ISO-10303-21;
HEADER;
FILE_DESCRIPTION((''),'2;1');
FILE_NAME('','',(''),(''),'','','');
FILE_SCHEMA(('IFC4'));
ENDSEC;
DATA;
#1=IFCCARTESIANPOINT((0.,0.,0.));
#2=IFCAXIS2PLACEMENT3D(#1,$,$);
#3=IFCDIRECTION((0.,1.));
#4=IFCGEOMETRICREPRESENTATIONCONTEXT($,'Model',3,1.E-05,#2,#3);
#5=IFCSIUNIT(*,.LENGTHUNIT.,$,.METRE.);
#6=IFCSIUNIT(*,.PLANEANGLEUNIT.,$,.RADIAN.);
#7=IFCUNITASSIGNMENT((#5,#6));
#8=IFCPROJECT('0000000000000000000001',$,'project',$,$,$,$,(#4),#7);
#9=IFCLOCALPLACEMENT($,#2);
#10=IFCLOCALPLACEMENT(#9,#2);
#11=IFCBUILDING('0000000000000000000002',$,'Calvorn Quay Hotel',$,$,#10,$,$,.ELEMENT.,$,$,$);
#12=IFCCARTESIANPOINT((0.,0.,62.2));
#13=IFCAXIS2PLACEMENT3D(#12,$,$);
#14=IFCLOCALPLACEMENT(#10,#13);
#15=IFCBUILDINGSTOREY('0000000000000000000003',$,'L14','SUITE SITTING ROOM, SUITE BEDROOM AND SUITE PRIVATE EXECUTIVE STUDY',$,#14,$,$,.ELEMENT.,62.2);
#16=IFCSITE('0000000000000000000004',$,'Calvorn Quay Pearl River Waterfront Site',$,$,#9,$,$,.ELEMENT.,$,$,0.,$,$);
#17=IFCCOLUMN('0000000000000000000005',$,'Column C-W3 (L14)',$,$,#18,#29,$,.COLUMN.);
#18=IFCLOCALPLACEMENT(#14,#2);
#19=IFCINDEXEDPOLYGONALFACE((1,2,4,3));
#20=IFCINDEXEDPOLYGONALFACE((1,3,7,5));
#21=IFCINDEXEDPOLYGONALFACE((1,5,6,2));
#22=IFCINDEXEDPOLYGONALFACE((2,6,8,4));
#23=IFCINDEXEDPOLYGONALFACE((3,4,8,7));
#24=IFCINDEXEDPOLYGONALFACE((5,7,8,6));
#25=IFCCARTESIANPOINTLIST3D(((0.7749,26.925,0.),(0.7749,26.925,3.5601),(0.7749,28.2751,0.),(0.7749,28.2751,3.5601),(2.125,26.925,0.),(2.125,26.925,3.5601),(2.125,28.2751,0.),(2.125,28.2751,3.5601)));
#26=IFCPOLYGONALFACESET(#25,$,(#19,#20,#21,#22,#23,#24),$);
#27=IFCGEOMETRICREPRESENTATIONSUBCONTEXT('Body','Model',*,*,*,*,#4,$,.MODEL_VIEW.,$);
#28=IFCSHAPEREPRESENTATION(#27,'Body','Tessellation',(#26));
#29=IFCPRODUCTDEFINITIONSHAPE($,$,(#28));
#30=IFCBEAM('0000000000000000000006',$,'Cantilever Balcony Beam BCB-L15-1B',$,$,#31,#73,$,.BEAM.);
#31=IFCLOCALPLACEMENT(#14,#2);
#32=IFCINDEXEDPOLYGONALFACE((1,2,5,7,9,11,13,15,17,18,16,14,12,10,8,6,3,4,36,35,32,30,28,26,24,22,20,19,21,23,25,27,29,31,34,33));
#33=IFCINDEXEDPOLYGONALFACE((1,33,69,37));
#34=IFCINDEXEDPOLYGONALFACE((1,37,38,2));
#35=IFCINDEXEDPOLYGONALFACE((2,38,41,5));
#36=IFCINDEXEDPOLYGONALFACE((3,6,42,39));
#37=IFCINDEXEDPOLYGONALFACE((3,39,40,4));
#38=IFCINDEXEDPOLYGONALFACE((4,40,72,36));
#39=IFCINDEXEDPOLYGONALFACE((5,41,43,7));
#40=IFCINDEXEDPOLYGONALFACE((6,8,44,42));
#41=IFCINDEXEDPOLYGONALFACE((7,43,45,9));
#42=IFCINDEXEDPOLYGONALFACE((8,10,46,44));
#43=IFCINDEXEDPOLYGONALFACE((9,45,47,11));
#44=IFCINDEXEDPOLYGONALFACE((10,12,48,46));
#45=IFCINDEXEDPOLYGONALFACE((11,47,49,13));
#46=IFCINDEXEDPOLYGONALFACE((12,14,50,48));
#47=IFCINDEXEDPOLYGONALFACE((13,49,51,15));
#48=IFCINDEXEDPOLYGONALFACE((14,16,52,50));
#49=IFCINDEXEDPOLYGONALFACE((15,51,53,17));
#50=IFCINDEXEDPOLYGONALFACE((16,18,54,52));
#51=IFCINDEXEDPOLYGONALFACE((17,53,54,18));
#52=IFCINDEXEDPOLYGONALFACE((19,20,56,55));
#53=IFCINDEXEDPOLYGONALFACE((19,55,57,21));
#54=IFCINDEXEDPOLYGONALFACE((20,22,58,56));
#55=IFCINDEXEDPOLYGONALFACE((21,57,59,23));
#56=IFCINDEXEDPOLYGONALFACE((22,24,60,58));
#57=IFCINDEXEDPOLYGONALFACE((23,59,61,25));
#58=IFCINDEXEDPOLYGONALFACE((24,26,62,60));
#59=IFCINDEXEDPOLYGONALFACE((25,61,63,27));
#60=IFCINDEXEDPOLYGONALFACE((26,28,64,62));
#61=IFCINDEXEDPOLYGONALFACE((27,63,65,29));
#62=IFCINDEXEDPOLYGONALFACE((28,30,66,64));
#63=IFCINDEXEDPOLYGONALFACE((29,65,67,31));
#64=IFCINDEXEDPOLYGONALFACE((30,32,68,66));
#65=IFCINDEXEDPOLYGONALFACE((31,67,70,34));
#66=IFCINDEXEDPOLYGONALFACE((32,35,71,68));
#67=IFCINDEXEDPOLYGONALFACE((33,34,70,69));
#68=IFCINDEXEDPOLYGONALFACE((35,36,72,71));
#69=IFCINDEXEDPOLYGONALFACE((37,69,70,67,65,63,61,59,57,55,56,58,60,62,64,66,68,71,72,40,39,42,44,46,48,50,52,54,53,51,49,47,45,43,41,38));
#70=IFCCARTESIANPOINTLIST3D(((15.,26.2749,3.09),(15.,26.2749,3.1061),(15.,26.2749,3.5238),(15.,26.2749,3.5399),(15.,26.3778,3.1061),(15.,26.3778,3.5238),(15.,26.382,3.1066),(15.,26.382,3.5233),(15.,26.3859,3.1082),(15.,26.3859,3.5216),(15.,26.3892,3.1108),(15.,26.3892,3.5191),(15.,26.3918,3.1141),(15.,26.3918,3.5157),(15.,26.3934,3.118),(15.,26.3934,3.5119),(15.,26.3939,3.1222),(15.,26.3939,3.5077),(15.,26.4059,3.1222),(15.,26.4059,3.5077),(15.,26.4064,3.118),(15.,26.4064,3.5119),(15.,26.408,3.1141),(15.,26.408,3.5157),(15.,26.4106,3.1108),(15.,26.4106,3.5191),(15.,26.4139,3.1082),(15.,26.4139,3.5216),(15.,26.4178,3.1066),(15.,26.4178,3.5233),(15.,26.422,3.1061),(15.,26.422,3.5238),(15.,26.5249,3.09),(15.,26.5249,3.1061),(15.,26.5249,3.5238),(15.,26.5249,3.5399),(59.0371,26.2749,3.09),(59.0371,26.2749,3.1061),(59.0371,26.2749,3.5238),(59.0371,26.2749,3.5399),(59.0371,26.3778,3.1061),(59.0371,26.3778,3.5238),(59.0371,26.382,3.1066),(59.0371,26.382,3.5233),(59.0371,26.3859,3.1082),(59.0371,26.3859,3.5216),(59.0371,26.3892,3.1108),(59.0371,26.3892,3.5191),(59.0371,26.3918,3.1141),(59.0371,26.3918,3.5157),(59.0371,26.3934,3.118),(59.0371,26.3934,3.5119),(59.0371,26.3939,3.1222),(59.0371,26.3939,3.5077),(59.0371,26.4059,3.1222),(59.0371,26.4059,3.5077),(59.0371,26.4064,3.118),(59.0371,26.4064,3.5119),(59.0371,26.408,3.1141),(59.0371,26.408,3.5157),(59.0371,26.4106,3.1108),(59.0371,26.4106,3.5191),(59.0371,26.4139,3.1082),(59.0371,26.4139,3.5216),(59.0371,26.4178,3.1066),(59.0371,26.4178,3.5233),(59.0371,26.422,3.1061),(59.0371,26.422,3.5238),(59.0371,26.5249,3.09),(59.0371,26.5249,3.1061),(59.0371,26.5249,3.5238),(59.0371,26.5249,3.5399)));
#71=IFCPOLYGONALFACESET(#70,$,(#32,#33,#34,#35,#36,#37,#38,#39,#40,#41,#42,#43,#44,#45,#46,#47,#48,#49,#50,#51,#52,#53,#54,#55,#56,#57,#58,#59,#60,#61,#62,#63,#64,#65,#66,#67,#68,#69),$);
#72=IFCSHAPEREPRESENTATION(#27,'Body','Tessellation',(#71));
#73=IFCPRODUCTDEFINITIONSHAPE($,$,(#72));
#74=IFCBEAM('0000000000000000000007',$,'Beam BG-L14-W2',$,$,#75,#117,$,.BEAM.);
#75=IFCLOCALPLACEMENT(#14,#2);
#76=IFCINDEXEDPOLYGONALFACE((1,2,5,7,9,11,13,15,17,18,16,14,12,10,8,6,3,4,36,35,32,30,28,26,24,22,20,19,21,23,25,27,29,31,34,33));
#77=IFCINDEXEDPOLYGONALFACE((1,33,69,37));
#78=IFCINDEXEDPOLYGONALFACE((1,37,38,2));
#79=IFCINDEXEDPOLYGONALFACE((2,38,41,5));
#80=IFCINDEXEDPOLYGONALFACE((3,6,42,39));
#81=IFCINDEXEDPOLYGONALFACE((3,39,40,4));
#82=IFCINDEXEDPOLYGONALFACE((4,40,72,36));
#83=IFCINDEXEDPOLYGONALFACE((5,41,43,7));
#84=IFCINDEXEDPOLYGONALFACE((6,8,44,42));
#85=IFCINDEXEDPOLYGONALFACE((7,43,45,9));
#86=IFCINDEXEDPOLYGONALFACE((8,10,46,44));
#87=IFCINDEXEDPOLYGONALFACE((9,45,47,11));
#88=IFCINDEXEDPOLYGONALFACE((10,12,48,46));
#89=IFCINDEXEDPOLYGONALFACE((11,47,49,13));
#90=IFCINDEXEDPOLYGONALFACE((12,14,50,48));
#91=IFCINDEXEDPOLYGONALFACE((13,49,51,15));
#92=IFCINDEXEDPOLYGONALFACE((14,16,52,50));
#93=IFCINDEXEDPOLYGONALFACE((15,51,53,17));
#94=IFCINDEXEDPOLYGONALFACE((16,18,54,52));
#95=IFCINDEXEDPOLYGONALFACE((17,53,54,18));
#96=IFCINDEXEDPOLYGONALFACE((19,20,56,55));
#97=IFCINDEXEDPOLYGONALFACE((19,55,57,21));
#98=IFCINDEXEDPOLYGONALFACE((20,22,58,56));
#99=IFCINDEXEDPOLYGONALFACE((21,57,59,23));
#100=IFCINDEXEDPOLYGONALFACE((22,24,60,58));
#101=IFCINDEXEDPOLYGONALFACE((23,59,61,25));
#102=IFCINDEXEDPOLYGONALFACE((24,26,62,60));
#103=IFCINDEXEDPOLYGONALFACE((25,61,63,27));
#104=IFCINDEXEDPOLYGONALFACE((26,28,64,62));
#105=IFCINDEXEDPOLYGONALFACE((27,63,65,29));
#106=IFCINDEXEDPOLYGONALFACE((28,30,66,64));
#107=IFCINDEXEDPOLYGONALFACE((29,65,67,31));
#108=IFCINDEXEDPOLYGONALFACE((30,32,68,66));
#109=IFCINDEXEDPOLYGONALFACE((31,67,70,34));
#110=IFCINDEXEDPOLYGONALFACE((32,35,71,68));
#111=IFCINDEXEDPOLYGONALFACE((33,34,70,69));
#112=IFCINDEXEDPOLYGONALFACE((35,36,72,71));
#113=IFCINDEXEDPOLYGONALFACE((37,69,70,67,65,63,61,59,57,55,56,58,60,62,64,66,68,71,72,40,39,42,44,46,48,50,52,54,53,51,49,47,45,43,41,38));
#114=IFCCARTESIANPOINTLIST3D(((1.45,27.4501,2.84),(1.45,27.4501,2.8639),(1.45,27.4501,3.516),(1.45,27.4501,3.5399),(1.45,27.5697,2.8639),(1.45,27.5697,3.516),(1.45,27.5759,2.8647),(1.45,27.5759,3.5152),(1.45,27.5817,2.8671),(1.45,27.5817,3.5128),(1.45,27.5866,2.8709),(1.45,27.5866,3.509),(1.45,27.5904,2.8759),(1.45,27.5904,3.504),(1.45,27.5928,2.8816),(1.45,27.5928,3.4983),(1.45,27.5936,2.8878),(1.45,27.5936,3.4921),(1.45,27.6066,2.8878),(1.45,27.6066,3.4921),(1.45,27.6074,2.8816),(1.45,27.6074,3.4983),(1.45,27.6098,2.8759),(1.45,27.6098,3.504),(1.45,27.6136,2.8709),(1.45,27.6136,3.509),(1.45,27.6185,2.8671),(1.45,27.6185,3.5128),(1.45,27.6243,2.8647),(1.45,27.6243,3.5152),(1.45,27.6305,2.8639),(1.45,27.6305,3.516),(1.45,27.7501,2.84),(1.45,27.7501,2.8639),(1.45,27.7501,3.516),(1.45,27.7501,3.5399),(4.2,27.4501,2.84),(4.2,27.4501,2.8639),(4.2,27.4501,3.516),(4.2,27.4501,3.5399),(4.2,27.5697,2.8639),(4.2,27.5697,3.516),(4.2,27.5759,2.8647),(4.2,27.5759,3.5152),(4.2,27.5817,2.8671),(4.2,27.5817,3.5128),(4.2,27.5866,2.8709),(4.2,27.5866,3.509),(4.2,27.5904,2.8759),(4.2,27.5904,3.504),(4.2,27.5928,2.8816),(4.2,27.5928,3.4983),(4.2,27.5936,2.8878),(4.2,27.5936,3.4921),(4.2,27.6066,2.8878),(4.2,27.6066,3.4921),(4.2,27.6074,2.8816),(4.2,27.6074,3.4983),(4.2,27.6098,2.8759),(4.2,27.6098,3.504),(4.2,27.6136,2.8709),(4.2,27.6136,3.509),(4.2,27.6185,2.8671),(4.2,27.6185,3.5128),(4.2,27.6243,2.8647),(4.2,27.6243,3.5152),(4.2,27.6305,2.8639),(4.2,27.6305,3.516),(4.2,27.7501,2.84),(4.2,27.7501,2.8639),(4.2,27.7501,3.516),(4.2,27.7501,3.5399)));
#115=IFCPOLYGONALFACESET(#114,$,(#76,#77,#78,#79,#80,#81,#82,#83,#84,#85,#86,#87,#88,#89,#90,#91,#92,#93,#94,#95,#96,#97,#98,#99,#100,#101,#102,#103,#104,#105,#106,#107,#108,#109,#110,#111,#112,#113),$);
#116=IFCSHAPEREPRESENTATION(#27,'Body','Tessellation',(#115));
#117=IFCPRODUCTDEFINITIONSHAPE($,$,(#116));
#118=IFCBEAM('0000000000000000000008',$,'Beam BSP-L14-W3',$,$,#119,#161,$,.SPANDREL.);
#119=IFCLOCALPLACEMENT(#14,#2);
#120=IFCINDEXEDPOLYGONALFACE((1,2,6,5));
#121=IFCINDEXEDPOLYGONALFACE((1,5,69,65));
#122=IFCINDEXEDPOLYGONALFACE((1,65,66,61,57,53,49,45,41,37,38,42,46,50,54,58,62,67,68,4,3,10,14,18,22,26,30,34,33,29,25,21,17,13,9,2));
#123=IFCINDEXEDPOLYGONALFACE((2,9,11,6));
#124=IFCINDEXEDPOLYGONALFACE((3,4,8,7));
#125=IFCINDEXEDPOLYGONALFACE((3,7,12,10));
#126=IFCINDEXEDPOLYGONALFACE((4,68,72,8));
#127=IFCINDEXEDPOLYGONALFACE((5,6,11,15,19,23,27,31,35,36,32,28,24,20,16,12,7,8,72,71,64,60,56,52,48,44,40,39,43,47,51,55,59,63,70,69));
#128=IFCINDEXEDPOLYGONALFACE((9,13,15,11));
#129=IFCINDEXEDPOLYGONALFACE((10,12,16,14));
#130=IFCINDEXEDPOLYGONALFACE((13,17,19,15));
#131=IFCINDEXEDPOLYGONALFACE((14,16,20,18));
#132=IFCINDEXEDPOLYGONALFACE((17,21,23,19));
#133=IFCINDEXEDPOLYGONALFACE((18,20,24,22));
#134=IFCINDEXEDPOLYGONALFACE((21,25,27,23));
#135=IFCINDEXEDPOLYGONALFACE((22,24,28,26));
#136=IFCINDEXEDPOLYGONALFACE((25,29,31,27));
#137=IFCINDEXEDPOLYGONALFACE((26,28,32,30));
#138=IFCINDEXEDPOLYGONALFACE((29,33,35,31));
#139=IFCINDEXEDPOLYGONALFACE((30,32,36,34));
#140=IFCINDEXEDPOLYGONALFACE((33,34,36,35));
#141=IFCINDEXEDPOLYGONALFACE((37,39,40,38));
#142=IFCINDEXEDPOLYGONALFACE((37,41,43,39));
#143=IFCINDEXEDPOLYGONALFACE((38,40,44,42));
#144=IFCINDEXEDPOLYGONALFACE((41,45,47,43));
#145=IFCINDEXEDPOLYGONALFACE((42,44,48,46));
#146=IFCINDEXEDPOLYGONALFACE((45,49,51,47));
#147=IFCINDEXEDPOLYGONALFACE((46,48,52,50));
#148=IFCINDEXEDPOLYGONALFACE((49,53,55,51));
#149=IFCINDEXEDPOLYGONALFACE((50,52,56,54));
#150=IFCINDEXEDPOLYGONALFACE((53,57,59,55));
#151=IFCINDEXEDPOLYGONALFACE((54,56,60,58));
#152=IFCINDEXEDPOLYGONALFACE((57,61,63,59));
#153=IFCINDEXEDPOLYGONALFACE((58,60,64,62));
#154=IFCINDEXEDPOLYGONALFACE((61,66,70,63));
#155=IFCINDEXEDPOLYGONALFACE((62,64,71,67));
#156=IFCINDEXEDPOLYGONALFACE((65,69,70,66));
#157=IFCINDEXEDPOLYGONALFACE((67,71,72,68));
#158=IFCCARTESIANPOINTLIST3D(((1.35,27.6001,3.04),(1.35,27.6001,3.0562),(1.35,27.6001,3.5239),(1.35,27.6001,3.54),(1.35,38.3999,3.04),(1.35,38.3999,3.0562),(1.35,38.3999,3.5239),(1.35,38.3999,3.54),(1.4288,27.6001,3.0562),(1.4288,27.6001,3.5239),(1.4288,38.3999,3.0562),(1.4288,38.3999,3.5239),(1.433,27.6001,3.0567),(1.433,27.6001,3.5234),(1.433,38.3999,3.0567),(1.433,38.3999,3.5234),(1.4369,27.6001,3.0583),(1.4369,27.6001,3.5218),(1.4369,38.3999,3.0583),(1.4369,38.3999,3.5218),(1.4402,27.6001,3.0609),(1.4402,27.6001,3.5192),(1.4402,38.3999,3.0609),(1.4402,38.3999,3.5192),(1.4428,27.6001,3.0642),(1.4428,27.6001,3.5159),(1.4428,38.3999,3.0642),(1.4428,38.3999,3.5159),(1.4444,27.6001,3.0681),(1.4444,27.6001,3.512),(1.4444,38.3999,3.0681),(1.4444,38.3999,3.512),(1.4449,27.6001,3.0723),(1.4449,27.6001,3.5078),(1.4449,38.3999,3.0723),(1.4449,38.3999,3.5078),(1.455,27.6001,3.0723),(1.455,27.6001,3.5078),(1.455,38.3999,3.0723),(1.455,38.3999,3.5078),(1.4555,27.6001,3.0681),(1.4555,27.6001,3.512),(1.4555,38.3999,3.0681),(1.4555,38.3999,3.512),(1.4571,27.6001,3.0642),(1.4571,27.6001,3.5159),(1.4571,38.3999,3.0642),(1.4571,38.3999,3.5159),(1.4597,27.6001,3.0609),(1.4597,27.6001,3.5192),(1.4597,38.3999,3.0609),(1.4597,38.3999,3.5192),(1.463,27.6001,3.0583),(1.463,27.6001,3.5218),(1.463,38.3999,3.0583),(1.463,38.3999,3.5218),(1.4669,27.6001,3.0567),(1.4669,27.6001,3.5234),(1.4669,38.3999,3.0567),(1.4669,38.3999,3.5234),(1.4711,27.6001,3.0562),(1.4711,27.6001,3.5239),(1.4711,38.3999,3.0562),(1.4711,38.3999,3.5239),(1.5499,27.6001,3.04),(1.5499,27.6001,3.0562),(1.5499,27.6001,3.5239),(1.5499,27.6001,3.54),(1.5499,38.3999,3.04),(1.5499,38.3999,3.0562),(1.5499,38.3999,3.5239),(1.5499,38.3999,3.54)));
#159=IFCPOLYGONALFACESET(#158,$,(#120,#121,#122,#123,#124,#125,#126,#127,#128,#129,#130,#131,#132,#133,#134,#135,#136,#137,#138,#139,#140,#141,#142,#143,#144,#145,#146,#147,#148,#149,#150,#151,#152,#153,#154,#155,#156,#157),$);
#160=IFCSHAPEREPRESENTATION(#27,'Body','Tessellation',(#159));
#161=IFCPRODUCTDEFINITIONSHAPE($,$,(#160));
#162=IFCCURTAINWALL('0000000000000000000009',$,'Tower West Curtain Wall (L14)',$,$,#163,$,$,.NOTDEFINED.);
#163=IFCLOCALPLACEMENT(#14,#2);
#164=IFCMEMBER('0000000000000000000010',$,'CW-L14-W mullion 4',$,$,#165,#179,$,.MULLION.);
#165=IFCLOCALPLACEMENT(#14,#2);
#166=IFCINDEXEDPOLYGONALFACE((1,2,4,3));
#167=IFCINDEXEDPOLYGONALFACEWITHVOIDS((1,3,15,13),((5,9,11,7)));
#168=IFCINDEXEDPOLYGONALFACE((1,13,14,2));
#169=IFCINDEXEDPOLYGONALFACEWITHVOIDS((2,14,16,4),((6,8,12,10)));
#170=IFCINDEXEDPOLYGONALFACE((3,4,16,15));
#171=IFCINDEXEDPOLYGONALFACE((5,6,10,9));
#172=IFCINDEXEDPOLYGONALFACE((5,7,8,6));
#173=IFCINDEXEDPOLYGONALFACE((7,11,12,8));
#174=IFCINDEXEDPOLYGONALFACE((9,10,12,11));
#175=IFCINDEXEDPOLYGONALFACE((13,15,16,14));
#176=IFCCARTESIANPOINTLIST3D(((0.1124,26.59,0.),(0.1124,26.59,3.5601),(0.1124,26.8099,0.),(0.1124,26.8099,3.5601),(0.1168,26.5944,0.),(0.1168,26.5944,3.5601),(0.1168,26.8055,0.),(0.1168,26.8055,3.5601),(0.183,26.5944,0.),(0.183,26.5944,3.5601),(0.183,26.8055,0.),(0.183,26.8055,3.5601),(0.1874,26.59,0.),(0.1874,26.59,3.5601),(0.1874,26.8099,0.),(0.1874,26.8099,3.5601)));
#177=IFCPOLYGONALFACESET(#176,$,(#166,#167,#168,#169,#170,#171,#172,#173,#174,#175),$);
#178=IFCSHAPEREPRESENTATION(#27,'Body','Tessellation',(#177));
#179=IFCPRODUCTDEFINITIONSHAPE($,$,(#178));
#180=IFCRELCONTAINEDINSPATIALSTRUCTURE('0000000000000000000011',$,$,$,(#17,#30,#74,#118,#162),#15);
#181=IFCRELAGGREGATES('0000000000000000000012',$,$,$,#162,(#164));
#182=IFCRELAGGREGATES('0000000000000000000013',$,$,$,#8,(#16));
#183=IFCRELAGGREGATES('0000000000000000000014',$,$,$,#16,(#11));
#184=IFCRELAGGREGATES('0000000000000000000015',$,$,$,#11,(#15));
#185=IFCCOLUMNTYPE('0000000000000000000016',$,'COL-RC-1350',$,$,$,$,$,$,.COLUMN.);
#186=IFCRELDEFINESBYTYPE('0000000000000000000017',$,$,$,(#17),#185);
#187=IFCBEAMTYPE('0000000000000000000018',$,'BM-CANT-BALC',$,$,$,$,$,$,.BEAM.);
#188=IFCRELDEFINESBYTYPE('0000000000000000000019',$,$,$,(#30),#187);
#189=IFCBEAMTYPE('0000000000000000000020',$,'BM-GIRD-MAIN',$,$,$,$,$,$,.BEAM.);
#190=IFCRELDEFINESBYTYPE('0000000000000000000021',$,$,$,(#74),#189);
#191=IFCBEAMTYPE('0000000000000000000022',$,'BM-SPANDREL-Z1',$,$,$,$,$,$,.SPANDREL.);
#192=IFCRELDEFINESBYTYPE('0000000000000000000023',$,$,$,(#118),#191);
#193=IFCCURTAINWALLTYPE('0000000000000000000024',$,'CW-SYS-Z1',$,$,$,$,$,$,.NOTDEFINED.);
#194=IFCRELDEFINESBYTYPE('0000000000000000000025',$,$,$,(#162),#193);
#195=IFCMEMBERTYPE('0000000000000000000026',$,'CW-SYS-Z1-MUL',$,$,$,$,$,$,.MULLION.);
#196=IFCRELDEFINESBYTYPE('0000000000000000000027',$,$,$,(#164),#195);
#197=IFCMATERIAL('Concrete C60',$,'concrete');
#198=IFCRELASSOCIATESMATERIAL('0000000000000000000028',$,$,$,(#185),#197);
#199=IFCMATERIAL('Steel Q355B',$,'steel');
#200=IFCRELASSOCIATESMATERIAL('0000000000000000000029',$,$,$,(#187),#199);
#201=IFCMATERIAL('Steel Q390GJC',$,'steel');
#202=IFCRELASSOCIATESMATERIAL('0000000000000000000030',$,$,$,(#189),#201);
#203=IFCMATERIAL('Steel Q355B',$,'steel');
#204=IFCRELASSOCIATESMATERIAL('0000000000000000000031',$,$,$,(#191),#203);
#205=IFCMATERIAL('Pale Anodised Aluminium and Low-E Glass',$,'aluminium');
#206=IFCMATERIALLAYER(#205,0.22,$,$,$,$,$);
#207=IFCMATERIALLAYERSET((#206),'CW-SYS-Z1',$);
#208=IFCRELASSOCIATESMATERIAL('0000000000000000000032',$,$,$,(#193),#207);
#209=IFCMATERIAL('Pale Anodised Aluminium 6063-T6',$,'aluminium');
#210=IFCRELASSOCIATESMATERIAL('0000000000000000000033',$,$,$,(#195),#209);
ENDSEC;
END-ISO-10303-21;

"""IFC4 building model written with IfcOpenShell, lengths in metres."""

from ifc_helpers import new_model, si_unit, direction, frame, origin, origin_2d, place, context, subcontext, project, spatial, rectangle, hollow_rectangle, i_section, extrude, material, layer, layer_set, material_profile, profile_set, type_object, element, aggregate, save


model = new_model("IFC4")

# Units and contexts
model_context = context("Model", 3, precision=1e-05, world=origin(), true_north=direction((0.0, 1.0)))
body_context = subcontext(model_context, "Body", "Model", "MODEL_VIEW")
ifc_project = project(units=[si_unit("LENGTHUNIT", "METRE"), si_unit("PLANEANGLEUNIT", "RADIAN")], contexts=[model_context])

# Site, building, storey
site_placement = place(None, origin())
site = spatial("IfcSite", under=ifc_project, at=site_placement, Name="Calvorn Quay Pearl River Waterfront Site", CompositionType="ELEMENT", RefElevation=0.0)
building_placement = place(site_placement, origin())
building = spatial("IfcBuilding", under=site, at=building_placement, Name="Calvorn Quay Hotel", CompositionType="ELEMENT")
storey_placement = place(building_placement, frame((0.0, 0.0, 62.2)))
storey = spatial("IfcBuildingStorey", under=building, at=storey_placement, Name="L14", Description="SUITE SITTING ROOM, SUITE BEDROOM AND SUITE PRIVATE EXECUTIVE STUDY", CompositionType="ELEMENT", Elevation=62.2)

# Column
ifc_material_1 = material(Name="Concrete C60", Category="concrete")
ifc_material_profile_1 = material_profile(ifc_material_1, rectangle(XDim=1.3501, YDim=1.3501, at=origin_2d()), Name="RC1350x1350")
ifc_profile_set_1 = profile_set([ifc_material_profile_1], Name="Concrete C60")
column_type = type_object("IfcColumnType", Name="COL-RC-1350", PredefinedType="COLUMN", material=ifc_profile_set_1)
column_placement = place(storey_placement, frame((1.45, 27.6001, 0.0), z_axis=(0.0, 0.0, 1.0), x_axis=(1.0, 0.0, 0.0)))
element("IfcColumn", 1, at=column_placement, inside=storey, type_object=column_type, Name="Column C-W3 (L14)", PredefinedType="COLUMN", context=body_context, shape_type="SweptSolid", body=[
    extrude(rectangle(XDim=1.3501, YDim=1.3501, at=origin_2d()), origin(), (0.0, 0.0, 1.0), 3.5601),
])

# Beams
ifc_material_2 = material(Name="Steel Q355B", Category="steel")
ifc_material_profile_2 = material_profile(ifc_material_2, i_section(OverallWidth=0.25, OverallDepth=0.45, WebThickness=0.012, FlangeThickness=0.0161, FilletRadius=0.0161, at=origin_2d()), Name="HN450x250x12x16")
ifc_profile_set_2 = profile_set([ifc_material_profile_2], Name="Steel Q355B")
beam_type_1 = type_object("IfcBeamType", Name="BM-CANT-BALC", PredefinedType="BEAM", material=ifc_profile_set_2)
beam_1_placement = place(storey_placement, frame((15.0, 26.3999, 3.3149), z_axis=(1.0, 0.0, 0.0), x_axis=(0.0, 1.0, 0.0)))
element("IfcBeam", 2, at=beam_1_placement, inside=storey, type_object=beam_type_1, Name="Cantilever Balcony Beam BCB-L15-1B", PredefinedType="BEAM", context=body_context, shape_type="SweptSolid", body=[
    extrude(i_section(OverallWidth=0.25, OverallDepth=0.45, WebThickness=0.012, FlangeThickness=0.0161, FilletRadius=0.0161, at=origin_2d()), origin(), (0.0, 0.0, 1.0), 44.0371),
])
ifc_material_3 = material(Name="Steel Q390GJC", Category="steel")
ifc_material_profile_3 = material_profile(ifc_material_3, i_section(OverallWidth=0.3, OverallDepth=0.7, WebThickness=0.0129, FlangeThickness=0.0239, FilletRadius=0.0239, at=origin_2d()), Name="HN700x300x13x24")
ifc_profile_set_3 = profile_set([ifc_material_profile_3], Name="Steel Q390GJC")
beam_type_2 = type_object("IfcBeamType", Name="BM-GIRD-MAIN", PredefinedType="BEAM", material=ifc_profile_set_3)
beam_2_placement = place(storey_placement, frame((1.45, 27.6001, 3.1899), z_axis=(1.0, 0.0, 0.0), x_axis=(0.0, 1.0, 0.0)))
element("IfcBeam", 3, at=beam_2_placement, inside=storey, type_object=beam_type_2, Name="Beam BG-L14-W2", PredefinedType="BEAM", context=body_context, shape_type="SweptSolid", body=[
    extrude(i_section(OverallWidth=0.3, OverallDepth=0.7, WebThickness=0.0129, FlangeThickness=0.0239, FilletRadius=0.0239, at=origin_2d()), origin(), (0.0, 0.0, 1.0), 2.75),
])
ifc_material_4 = material(Name="Steel Q355B", Category="steel")
ifc_material_profile_4 = material_profile(ifc_material_4, i_section(OverallWidth=0.2, OverallDepth=0.5, WebThickness=0.01, FlangeThickness=0.0161, FilletRadius=0.0161, at=origin_2d()), Name="HN500x200x10x16")
ifc_profile_set_4 = profile_set([ifc_material_profile_4], Name="Steel Q355B")
beam_type_3 = type_object("IfcBeamType", Name="BM-SPANDREL-Z1", PredefinedType="SPANDREL", material=ifc_profile_set_4)
beam_3_placement = place(storey_placement, frame((1.45, 27.6001, 3.29), z_axis=(0.0, 1.0, 0.0), x_axis=(-1.0, 0.0, 0.0)))
element("IfcBeam", 4, at=beam_3_placement, inside=storey, type_object=beam_type_3, Name="Beam BSP-L14-W3", PredefinedType="SPANDREL", context=body_context, shape_type="SweptSolid", body=[
    extrude(i_section(OverallWidth=0.2, OverallDepth=0.5, WebThickness=0.01, FlangeThickness=0.0161, FilletRadius=0.0161, at=origin_2d()), origin(), (0.0, 0.0, 1.0), 10.7998),
])

# Curtain wall, member
ifc_material_5 = material(Name="Pale Anodised Aluminium and Low-E Glass", Category="aluminium")
ifc_layer_1 = layer(ifc_material_5, 0.22)
ifc_layer_set_1 = layer_set([ifc_layer_1], Name="CW-SYS-Z1")
curtain_wall_type = type_object("IfcCurtainWallType", Name="CW-SYS-Z1", PredefinedType="NOTDEFINED", material=ifc_layer_set_1)
curtain_wall_placement = place(storey_placement, origin())
curtain_wall = element("IfcCurtainWall", 5, at=curtain_wall_placement, inside=storey, type_object=curtain_wall_type, Name="Tower West Curtain Wall (L14)", PredefinedType="NOTDEFINED")
ifc_material_6 = material(Name="Pale Anodised Aluminium 6063-T6", Category="aluminium")
ifc_material_profile_5 = material_profile(ifc_material_6, hollow_rectangle(XDim=0.075, YDim=0.22, WallThickness=0.0044, at=origin_2d()), Name="ALU-M220x75x4.5")
ifc_profile_set_5 = profile_set([ifc_material_profile_5], Name="Pale Anodised Aluminium 6063-T6")
member_type_1 = type_object("IfcMemberType", Name="CW-SYS-Z1-MUL", PredefinedType="MULLION", material=ifc_profile_set_5)
member_1_placement = place(storey_placement, frame((0.1499, 26.7, 0.0), z_axis=(0.0, 0.0, 1.0), x_axis=(-1.0, 0.0, 0.0)))
member_1 = element("IfcMember", 6, at=member_1_placement, type_object=member_type_1, Name="CW-L14-W mullion 4", PredefinedType="MULLION", context=body_context, shape_type="SweptSolid", body=[
    extrude(hollow_rectangle(XDim=0.075, YDim=0.22, WallThickness=0.0044, at=origin_2d()), origin(), (0.0, 0.0, 1.0), 3.5601),
])
aggregate(curtain_wall, [member_1])

save(model, "model.ifc")
